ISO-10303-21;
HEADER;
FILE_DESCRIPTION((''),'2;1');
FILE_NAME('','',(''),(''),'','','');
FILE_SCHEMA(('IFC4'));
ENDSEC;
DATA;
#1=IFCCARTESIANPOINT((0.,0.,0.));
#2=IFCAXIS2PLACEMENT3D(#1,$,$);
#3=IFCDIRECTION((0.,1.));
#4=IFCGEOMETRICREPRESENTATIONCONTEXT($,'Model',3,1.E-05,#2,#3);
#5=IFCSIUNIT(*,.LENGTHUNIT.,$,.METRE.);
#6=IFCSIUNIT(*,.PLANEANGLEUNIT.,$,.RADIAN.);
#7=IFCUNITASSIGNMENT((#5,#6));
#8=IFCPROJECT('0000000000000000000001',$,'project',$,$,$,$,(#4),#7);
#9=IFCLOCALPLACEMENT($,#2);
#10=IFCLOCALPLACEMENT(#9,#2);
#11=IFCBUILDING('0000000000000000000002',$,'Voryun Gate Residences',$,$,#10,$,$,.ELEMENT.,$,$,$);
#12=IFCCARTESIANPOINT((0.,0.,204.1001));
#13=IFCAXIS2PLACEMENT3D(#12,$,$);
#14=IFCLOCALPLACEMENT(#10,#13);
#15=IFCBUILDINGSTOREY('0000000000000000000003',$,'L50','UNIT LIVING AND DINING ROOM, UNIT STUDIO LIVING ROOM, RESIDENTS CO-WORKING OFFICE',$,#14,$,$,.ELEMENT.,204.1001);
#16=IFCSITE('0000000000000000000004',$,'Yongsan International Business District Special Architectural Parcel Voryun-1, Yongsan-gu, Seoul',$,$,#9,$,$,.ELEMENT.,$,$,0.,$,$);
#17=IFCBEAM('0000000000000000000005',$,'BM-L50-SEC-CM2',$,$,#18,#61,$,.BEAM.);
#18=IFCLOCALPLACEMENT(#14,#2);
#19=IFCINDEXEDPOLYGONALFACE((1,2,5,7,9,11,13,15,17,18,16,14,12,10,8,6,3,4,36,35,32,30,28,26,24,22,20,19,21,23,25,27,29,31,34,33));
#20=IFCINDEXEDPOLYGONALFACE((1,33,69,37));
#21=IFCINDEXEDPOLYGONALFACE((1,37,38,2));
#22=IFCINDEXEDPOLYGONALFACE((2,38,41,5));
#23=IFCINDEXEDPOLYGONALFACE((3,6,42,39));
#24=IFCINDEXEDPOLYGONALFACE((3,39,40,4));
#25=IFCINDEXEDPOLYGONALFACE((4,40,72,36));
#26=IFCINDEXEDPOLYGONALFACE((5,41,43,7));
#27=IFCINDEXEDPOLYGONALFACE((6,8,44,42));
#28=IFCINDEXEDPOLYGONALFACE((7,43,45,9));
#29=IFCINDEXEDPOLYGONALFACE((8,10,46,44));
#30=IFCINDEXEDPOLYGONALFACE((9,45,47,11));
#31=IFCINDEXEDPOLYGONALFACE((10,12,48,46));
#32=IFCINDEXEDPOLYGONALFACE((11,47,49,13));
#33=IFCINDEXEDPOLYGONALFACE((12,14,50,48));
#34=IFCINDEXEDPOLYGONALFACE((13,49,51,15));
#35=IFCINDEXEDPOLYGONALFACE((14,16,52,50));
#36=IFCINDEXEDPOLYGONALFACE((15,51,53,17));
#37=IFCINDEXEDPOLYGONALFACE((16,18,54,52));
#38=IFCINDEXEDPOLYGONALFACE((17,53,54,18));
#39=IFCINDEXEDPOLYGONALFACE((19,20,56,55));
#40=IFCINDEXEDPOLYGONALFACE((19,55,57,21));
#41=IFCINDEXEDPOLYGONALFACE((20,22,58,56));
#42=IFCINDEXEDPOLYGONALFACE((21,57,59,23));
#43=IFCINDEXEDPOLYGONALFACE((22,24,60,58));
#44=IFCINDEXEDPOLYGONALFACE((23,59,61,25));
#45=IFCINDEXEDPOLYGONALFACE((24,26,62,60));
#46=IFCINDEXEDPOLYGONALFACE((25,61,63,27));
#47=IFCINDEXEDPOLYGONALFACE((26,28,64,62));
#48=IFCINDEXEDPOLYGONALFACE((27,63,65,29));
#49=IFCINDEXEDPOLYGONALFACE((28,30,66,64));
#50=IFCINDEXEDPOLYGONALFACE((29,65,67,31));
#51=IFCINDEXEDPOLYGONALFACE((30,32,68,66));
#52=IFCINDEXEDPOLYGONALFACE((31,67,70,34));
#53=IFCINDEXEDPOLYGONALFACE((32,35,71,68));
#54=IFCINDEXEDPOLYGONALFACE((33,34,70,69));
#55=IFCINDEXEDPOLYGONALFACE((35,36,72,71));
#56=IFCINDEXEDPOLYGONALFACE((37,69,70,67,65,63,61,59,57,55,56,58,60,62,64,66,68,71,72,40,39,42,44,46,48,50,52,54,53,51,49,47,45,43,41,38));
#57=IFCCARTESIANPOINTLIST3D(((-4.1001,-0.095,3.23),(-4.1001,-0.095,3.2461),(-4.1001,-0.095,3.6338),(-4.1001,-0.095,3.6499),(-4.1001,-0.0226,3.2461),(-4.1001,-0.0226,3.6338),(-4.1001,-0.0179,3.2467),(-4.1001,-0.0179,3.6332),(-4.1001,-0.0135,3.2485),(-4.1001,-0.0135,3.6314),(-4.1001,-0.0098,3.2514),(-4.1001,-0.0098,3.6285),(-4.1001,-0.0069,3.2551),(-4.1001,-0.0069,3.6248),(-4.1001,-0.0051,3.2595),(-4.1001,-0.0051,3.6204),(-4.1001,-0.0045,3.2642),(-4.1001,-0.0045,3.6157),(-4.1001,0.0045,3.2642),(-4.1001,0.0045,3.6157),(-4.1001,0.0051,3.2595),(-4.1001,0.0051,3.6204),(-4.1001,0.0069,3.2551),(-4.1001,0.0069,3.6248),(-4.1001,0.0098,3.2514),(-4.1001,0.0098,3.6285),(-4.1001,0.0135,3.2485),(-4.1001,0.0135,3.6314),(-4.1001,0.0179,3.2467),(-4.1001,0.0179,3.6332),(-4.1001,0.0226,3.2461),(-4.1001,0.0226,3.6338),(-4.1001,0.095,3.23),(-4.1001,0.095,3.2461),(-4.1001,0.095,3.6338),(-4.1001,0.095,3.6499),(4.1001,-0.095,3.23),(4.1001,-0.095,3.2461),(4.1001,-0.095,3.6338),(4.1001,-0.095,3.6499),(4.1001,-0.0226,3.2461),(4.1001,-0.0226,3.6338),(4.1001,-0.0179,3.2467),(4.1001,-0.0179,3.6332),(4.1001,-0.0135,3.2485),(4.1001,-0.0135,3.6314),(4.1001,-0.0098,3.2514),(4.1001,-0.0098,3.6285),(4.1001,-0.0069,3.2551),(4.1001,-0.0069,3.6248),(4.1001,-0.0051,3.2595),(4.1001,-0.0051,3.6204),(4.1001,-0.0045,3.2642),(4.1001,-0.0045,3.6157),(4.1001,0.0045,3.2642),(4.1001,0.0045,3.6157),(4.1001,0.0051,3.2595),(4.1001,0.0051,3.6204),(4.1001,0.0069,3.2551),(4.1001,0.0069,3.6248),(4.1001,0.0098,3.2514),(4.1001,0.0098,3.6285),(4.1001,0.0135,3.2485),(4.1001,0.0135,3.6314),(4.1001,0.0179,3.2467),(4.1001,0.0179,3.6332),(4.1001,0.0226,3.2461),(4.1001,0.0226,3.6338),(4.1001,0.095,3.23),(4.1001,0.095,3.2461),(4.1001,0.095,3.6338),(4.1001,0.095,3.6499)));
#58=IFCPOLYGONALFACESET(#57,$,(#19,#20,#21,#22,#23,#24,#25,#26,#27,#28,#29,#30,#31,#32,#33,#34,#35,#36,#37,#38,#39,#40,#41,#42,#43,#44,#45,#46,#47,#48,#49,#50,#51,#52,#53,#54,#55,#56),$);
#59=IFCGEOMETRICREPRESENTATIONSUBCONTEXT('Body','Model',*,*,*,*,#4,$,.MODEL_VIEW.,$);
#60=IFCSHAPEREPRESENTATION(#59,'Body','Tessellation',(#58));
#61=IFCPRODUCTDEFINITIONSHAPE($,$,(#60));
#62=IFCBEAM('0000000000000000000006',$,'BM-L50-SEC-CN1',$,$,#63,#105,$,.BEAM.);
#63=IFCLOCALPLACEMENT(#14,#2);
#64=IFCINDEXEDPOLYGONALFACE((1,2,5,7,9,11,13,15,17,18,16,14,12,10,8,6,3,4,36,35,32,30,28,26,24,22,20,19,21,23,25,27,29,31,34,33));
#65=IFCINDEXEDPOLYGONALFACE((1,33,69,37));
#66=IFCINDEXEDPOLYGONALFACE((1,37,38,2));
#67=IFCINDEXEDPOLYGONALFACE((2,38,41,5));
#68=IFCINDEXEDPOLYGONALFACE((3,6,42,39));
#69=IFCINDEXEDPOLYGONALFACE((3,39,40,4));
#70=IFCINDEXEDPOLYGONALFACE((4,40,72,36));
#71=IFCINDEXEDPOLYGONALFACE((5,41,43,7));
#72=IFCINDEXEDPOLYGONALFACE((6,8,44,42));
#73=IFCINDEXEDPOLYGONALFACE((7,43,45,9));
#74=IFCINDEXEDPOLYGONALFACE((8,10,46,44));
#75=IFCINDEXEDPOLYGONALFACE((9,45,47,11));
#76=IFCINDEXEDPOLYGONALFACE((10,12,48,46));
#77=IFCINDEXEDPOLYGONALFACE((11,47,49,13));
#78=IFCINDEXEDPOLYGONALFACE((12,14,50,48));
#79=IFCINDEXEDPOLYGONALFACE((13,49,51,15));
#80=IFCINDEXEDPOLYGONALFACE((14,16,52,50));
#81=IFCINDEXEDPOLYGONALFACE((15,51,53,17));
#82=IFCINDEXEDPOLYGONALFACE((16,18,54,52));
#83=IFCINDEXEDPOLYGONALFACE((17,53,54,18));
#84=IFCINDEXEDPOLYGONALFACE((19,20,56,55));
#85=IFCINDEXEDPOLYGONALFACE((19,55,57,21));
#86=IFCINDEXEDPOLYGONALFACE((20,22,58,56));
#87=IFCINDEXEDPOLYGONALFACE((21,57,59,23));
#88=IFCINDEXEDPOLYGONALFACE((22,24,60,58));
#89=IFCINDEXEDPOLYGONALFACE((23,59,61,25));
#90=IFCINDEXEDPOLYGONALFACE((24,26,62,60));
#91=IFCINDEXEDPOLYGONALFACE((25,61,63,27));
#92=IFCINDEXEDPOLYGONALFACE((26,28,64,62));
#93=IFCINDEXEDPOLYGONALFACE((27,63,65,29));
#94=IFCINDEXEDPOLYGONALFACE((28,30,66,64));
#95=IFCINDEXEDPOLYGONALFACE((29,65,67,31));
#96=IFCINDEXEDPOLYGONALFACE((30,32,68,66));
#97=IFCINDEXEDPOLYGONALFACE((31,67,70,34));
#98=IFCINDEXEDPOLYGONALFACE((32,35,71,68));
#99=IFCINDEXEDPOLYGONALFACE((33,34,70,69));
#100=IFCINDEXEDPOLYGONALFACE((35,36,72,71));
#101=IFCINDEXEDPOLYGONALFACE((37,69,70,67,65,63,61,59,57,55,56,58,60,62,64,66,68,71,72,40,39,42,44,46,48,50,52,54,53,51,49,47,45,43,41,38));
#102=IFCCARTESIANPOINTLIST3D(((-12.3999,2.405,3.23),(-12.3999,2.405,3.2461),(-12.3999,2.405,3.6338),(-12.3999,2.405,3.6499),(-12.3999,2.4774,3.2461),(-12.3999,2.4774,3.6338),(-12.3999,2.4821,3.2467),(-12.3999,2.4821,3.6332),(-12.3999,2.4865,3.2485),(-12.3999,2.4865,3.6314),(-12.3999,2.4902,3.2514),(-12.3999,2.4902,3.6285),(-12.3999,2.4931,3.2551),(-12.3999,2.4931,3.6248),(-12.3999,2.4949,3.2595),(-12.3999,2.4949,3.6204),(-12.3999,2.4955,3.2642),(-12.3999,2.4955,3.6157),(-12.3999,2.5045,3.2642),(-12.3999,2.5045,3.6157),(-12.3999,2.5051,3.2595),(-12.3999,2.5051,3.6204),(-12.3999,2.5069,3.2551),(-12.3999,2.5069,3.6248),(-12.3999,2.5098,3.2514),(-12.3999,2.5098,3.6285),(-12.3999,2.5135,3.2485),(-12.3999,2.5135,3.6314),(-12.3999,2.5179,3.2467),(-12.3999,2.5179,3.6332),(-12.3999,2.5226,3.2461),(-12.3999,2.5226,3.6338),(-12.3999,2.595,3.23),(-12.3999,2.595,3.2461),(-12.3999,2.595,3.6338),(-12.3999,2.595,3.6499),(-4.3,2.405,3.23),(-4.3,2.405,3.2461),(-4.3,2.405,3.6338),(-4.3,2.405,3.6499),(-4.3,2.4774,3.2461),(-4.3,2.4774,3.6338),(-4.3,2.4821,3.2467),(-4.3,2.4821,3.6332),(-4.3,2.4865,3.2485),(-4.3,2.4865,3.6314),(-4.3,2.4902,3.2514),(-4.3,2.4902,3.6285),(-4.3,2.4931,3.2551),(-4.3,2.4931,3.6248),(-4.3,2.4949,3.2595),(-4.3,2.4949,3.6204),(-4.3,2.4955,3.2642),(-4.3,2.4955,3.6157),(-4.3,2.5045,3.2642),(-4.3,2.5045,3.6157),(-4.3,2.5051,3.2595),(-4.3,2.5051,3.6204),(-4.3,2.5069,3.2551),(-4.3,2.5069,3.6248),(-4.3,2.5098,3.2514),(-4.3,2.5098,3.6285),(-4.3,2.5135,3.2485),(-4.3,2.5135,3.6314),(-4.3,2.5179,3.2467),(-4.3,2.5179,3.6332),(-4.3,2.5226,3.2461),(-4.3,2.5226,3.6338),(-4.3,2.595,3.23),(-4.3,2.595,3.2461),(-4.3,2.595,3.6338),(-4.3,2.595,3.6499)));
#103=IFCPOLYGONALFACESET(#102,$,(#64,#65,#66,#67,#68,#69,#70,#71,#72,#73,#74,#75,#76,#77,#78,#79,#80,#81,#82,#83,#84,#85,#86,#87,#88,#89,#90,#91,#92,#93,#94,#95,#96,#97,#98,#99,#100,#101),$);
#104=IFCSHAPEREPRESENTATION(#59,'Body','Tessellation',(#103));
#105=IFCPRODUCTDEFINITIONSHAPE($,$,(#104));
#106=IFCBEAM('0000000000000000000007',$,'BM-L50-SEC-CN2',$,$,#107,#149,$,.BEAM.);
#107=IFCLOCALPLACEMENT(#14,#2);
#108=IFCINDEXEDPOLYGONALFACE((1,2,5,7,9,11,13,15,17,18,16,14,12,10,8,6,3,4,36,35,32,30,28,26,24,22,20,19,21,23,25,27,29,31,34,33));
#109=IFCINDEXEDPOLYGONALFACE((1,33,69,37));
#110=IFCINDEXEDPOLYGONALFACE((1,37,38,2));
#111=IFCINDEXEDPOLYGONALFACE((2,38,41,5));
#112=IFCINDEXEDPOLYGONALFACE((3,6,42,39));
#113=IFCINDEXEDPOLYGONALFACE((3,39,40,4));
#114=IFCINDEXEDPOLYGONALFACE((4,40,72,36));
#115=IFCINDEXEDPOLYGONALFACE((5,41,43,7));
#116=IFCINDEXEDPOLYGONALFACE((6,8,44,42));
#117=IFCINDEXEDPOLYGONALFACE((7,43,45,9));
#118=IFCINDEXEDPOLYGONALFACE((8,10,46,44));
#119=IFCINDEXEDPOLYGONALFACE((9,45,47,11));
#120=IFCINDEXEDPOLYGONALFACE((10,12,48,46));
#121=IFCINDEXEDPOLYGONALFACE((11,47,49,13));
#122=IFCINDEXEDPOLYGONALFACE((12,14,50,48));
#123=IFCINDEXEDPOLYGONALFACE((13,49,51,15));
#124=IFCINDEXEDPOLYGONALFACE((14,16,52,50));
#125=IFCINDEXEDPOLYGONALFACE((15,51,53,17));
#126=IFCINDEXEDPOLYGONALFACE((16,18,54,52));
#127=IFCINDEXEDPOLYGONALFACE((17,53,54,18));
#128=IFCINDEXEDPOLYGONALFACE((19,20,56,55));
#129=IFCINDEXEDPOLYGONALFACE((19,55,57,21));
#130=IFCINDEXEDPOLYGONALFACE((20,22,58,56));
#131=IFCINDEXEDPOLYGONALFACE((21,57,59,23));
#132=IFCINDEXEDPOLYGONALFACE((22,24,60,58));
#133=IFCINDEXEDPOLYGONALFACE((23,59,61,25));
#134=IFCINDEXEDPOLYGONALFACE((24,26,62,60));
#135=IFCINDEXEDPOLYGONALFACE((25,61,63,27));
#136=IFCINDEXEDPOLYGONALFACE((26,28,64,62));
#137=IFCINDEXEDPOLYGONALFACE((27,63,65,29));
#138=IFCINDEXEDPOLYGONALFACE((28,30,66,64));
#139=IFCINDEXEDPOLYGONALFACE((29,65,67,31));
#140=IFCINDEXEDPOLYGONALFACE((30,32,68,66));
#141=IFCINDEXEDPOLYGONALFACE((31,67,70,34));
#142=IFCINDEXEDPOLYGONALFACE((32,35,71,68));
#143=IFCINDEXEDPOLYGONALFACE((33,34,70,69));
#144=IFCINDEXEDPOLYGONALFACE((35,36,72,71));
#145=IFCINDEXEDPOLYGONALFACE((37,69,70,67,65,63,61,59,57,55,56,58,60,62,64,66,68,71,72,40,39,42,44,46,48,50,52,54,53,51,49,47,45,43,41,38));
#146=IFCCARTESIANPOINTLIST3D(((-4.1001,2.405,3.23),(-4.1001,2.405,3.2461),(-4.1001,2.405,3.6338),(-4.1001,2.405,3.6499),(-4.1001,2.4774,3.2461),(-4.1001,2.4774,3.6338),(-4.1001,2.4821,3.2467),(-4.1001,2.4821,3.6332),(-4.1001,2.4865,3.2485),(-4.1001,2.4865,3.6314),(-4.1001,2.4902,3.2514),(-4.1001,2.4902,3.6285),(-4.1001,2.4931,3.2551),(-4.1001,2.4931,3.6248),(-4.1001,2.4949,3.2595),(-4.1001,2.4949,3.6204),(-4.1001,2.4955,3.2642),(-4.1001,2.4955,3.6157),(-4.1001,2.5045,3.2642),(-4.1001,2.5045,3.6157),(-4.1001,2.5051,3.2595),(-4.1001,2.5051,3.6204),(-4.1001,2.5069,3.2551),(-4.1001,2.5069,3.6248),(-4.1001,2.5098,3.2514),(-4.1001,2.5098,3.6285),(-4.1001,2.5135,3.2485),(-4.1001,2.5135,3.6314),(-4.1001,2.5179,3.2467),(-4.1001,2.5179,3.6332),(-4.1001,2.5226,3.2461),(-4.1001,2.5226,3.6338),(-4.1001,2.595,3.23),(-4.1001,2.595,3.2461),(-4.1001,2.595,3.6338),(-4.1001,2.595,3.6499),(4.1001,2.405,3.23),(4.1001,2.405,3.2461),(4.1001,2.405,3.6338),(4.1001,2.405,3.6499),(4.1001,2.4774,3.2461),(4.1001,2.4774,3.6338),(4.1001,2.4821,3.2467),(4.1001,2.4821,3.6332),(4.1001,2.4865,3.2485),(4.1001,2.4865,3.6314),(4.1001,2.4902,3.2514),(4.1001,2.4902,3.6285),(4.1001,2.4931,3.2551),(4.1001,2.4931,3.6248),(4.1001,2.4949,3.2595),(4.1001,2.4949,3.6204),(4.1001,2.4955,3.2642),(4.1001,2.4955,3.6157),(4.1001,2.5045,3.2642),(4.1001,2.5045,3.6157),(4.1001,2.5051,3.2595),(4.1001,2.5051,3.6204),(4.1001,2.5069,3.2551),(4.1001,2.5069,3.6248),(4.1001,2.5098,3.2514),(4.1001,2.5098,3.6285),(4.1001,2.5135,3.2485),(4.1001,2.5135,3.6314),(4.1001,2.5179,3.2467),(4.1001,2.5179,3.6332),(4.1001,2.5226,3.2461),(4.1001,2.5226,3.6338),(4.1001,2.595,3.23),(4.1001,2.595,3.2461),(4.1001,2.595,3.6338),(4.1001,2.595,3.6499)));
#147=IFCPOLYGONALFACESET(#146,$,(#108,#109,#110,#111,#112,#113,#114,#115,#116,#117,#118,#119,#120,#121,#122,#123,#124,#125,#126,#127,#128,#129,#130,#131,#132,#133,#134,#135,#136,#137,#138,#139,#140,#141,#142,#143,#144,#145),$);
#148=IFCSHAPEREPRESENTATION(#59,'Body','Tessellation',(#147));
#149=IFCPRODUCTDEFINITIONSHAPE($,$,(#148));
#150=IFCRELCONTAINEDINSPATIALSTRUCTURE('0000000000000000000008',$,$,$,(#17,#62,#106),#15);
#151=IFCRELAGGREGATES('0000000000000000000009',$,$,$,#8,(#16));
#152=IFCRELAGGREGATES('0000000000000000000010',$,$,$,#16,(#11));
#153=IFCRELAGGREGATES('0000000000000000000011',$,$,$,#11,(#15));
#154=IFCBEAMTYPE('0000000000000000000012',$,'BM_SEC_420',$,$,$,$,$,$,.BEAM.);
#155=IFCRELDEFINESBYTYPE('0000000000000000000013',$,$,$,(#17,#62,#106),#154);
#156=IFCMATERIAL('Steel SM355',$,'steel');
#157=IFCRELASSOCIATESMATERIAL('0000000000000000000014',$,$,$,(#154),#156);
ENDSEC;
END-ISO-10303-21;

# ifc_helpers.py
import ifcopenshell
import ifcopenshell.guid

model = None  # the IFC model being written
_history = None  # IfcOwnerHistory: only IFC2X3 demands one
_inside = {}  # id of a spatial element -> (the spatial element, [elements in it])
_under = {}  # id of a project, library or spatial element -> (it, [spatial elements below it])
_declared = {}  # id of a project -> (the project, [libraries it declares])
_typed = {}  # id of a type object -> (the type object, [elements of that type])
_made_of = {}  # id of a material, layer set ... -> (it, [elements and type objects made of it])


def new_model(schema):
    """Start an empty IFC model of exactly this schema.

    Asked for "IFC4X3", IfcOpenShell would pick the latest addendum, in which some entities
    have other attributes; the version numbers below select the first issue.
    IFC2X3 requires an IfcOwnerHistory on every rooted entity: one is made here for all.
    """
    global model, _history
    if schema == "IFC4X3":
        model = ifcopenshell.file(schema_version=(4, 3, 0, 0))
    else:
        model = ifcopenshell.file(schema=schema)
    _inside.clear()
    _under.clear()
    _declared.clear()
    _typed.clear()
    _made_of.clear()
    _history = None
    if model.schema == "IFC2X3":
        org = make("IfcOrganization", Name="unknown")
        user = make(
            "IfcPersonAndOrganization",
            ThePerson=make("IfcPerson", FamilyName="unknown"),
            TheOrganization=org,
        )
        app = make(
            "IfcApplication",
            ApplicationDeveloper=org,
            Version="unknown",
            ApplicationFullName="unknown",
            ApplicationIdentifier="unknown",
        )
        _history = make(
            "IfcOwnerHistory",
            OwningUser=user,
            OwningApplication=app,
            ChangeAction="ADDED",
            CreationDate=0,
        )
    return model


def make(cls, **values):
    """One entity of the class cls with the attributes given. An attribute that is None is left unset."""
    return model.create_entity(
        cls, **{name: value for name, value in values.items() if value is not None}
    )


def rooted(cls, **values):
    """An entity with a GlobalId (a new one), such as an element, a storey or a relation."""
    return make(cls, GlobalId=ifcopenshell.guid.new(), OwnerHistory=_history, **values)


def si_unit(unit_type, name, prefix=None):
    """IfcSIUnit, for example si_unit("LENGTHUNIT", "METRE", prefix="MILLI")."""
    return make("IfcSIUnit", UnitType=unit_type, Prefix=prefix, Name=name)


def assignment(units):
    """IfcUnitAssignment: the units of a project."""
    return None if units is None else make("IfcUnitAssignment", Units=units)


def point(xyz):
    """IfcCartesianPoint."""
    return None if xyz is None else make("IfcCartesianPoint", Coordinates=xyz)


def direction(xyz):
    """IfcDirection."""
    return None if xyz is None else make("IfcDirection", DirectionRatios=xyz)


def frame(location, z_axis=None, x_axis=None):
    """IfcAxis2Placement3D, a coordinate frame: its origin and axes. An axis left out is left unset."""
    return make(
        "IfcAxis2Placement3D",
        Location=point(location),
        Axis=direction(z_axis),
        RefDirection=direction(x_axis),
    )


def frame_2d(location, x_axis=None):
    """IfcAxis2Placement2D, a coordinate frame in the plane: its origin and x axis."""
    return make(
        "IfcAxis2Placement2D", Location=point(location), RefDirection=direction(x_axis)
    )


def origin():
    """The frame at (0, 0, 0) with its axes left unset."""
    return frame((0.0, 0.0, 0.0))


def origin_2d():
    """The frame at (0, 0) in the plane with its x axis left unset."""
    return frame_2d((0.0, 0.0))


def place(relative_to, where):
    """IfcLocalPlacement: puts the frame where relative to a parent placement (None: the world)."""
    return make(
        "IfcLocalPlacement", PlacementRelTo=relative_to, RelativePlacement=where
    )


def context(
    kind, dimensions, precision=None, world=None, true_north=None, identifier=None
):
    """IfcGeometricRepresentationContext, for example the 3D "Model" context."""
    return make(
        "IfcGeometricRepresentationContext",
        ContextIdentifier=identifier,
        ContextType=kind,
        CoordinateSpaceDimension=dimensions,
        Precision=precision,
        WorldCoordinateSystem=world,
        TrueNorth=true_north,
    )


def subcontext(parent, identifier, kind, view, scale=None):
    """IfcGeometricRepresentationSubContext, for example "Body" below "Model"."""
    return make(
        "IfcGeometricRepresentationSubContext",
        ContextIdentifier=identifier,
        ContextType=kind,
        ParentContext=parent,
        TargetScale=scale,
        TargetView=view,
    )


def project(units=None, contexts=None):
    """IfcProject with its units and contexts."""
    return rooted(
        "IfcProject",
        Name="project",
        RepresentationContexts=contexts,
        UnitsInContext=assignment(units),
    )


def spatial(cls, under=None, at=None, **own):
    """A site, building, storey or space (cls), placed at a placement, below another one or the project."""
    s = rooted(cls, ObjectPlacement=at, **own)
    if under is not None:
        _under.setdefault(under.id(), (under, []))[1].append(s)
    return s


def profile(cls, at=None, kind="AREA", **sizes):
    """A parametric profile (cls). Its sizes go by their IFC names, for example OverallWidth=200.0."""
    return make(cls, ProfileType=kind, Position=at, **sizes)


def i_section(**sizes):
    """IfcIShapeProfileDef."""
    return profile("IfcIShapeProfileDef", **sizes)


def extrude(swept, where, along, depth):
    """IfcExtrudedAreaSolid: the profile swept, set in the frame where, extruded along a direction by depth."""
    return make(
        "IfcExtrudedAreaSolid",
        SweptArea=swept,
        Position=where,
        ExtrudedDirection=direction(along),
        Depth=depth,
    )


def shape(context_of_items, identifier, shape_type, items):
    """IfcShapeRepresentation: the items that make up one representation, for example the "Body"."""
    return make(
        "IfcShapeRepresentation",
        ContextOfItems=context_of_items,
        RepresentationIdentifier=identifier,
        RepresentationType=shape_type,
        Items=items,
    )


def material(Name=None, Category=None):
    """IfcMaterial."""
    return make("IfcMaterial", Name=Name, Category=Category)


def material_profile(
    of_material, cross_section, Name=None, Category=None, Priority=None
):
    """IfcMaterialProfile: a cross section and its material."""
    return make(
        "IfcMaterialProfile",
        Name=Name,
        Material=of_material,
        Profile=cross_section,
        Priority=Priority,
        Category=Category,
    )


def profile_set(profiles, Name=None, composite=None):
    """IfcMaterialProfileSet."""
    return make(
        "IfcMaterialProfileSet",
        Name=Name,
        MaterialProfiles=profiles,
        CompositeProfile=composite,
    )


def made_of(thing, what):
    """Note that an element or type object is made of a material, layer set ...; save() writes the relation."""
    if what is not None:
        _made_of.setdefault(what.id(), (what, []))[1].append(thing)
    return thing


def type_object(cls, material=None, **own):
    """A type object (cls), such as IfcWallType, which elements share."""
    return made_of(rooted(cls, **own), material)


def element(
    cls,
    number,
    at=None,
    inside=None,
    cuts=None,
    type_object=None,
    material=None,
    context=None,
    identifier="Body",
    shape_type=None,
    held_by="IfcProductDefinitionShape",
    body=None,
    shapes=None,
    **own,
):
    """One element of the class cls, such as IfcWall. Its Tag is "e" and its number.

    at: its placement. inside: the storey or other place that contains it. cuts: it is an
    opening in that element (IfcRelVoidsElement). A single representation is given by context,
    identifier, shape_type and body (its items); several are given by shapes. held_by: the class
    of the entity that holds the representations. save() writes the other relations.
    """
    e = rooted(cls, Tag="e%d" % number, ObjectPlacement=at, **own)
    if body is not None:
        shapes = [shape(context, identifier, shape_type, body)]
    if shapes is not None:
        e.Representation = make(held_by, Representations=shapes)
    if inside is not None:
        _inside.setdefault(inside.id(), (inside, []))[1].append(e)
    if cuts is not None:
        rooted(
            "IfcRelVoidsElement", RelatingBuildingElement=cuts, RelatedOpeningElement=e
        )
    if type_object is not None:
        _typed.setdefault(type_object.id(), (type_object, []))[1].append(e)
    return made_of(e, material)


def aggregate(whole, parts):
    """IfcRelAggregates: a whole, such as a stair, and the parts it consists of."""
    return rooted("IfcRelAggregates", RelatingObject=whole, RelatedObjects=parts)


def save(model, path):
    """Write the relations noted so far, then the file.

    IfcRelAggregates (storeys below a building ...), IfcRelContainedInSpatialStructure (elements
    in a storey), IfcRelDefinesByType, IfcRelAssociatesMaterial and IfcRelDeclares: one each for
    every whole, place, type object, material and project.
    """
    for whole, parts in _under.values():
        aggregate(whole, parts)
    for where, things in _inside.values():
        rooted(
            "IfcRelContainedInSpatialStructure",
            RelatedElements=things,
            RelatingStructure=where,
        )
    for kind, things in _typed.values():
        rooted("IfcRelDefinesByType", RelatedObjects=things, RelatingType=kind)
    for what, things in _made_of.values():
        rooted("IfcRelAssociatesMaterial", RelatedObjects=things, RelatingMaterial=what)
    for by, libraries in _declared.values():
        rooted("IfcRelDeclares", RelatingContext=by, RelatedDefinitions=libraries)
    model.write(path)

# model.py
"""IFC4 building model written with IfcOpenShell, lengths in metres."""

from ifc_helpers import new_model, si_unit, direction, frame, origin, origin_2d, place, context, subcontext, project, spatial, i_section, extrude, material, material_profile, profile_set, type_object, element, save


model = new_model("IFC4")

# Units and contexts
model_context = context("Model", 3, precision=1e-05, world=origin(), true_north=direction((0.0, 1.0)))
body_context = subcontext(model_context, "Body", "Model", "MODEL_VIEW")
ifc_project = project(units=[si_unit("LENGTHUNIT", "METRE"), si_unit("PLANEANGLEUNIT", "RADIAN")], contexts=[model_context])

# Site, building, storey
site_placement = place(None, origin())
site = spatial("IfcSite", under=ifc_project, at=site_placement, Name="Yongsan International Business District Special Architectural Parcel Voryun-1, Yongsan-gu, Seoul", CompositionType="ELEMENT", RefElevation=0.0)
building_placement = place(site_placement, origin())
building = spatial("IfcBuilding", under=site, at=building_placement, Name="Voryun Gate Residences", CompositionType="ELEMENT")
storey_placement = place(building_placement, frame((0.0, 0.0, 204.1001)))
storey = spatial("IfcBuildingStorey", under=building, at=storey_placement, Name="L50", Description="UNIT LIVING AND DINING ROOM, UNIT STUDIO LIVING ROOM, RESIDENTS CO-WORKING OFFICE", CompositionType="ELEMENT", Elevation=204.1001)

# Beams
ifc_material_1 = material(Name="Steel SM355", Category="steel")
ifc_material_profile_1 = material_profile(ifc_material_1, i_section(OverallWidth=0.1899, OverallDepth=0.4199, WebThickness=0.009, FlangeThickness=0.0161, FilletRadius=0.0181, at=origin_2d()), Name="H-420x190x9x16")
ifc_profile_set_1 = profile_set([ifc_material_profile_1], Name="Steel SM355")
beam_type = type_object("IfcBeamType", Name="BM_SEC_420", PredefinedType="BEAM", material=ifc_profile_set_1)
beam_1_placement = place(storey_placement, frame((-4.1001, 0.0, 3.4399), z_axis=(1.0, 0.0, 0.0), x_axis=(0.0, 1.0, 0.0)))
element("IfcBeam", 1, at=beam_1_placement, inside=storey, type_object=beam_type, Name="BM-L50-SEC-CM2", PredefinedType="BEAM", context=body_context, shape_type="SweptSolid", body=[
    extrude(i_section(OverallWidth=0.1899, OverallDepth=0.4199, WebThickness=0.009, FlangeThickness=0.0161, FilletRadius=0.0181, at=origin_2d()), origin(), (0.0, 0.0, 1.0), 8.2002),
])
beam_2_placement = place(storey_placement, frame((-12.3999, 2.5, 3.4399), z_axis=(1.0, 0.0, 0.0), x_axis=(0.0, 1.0, 0.0)))
element("IfcBeam", 2, at=beam_2_placement, inside=storey, type_object=beam_type, Name="BM-L50-SEC-CN1", PredefinedType="BEAM", context=body_context, shape_type="SweptSolid", body=[
    extrude(i_section(OverallWidth=0.1899, OverallDepth=0.4199, WebThickness=0.009, FlangeThickness=0.0161, FilletRadius=0.0181, at=origin_2d()), origin(), (0.0, 0.0, 1.0), 8.0999),
])
beam_3_placement = place(storey_placement, frame((-4.1001, 2.5, 3.4399), z_axis=(1.0, 0.0, 0.0), x_axis=(0.0, 1.0, 0.0)))
element("IfcBeam", 3, at=beam_3_placement, inside=storey, type_object=beam_type, Name="BM-L50-SEC-CN2", PredefinedType="BEAM", context=body_context, shape_type="SweptSolid", body=[
    extrude(i_section(OverallWidth=0.1899, OverallDepth=0.4199, WebThickness=0.009, FlangeThickness=0.0161, FilletRadius=0.0181, at=origin_2d()), origin(), (0.0, 0.0, 1.0), 8.2002),
])

save(model, "model.ifc")
